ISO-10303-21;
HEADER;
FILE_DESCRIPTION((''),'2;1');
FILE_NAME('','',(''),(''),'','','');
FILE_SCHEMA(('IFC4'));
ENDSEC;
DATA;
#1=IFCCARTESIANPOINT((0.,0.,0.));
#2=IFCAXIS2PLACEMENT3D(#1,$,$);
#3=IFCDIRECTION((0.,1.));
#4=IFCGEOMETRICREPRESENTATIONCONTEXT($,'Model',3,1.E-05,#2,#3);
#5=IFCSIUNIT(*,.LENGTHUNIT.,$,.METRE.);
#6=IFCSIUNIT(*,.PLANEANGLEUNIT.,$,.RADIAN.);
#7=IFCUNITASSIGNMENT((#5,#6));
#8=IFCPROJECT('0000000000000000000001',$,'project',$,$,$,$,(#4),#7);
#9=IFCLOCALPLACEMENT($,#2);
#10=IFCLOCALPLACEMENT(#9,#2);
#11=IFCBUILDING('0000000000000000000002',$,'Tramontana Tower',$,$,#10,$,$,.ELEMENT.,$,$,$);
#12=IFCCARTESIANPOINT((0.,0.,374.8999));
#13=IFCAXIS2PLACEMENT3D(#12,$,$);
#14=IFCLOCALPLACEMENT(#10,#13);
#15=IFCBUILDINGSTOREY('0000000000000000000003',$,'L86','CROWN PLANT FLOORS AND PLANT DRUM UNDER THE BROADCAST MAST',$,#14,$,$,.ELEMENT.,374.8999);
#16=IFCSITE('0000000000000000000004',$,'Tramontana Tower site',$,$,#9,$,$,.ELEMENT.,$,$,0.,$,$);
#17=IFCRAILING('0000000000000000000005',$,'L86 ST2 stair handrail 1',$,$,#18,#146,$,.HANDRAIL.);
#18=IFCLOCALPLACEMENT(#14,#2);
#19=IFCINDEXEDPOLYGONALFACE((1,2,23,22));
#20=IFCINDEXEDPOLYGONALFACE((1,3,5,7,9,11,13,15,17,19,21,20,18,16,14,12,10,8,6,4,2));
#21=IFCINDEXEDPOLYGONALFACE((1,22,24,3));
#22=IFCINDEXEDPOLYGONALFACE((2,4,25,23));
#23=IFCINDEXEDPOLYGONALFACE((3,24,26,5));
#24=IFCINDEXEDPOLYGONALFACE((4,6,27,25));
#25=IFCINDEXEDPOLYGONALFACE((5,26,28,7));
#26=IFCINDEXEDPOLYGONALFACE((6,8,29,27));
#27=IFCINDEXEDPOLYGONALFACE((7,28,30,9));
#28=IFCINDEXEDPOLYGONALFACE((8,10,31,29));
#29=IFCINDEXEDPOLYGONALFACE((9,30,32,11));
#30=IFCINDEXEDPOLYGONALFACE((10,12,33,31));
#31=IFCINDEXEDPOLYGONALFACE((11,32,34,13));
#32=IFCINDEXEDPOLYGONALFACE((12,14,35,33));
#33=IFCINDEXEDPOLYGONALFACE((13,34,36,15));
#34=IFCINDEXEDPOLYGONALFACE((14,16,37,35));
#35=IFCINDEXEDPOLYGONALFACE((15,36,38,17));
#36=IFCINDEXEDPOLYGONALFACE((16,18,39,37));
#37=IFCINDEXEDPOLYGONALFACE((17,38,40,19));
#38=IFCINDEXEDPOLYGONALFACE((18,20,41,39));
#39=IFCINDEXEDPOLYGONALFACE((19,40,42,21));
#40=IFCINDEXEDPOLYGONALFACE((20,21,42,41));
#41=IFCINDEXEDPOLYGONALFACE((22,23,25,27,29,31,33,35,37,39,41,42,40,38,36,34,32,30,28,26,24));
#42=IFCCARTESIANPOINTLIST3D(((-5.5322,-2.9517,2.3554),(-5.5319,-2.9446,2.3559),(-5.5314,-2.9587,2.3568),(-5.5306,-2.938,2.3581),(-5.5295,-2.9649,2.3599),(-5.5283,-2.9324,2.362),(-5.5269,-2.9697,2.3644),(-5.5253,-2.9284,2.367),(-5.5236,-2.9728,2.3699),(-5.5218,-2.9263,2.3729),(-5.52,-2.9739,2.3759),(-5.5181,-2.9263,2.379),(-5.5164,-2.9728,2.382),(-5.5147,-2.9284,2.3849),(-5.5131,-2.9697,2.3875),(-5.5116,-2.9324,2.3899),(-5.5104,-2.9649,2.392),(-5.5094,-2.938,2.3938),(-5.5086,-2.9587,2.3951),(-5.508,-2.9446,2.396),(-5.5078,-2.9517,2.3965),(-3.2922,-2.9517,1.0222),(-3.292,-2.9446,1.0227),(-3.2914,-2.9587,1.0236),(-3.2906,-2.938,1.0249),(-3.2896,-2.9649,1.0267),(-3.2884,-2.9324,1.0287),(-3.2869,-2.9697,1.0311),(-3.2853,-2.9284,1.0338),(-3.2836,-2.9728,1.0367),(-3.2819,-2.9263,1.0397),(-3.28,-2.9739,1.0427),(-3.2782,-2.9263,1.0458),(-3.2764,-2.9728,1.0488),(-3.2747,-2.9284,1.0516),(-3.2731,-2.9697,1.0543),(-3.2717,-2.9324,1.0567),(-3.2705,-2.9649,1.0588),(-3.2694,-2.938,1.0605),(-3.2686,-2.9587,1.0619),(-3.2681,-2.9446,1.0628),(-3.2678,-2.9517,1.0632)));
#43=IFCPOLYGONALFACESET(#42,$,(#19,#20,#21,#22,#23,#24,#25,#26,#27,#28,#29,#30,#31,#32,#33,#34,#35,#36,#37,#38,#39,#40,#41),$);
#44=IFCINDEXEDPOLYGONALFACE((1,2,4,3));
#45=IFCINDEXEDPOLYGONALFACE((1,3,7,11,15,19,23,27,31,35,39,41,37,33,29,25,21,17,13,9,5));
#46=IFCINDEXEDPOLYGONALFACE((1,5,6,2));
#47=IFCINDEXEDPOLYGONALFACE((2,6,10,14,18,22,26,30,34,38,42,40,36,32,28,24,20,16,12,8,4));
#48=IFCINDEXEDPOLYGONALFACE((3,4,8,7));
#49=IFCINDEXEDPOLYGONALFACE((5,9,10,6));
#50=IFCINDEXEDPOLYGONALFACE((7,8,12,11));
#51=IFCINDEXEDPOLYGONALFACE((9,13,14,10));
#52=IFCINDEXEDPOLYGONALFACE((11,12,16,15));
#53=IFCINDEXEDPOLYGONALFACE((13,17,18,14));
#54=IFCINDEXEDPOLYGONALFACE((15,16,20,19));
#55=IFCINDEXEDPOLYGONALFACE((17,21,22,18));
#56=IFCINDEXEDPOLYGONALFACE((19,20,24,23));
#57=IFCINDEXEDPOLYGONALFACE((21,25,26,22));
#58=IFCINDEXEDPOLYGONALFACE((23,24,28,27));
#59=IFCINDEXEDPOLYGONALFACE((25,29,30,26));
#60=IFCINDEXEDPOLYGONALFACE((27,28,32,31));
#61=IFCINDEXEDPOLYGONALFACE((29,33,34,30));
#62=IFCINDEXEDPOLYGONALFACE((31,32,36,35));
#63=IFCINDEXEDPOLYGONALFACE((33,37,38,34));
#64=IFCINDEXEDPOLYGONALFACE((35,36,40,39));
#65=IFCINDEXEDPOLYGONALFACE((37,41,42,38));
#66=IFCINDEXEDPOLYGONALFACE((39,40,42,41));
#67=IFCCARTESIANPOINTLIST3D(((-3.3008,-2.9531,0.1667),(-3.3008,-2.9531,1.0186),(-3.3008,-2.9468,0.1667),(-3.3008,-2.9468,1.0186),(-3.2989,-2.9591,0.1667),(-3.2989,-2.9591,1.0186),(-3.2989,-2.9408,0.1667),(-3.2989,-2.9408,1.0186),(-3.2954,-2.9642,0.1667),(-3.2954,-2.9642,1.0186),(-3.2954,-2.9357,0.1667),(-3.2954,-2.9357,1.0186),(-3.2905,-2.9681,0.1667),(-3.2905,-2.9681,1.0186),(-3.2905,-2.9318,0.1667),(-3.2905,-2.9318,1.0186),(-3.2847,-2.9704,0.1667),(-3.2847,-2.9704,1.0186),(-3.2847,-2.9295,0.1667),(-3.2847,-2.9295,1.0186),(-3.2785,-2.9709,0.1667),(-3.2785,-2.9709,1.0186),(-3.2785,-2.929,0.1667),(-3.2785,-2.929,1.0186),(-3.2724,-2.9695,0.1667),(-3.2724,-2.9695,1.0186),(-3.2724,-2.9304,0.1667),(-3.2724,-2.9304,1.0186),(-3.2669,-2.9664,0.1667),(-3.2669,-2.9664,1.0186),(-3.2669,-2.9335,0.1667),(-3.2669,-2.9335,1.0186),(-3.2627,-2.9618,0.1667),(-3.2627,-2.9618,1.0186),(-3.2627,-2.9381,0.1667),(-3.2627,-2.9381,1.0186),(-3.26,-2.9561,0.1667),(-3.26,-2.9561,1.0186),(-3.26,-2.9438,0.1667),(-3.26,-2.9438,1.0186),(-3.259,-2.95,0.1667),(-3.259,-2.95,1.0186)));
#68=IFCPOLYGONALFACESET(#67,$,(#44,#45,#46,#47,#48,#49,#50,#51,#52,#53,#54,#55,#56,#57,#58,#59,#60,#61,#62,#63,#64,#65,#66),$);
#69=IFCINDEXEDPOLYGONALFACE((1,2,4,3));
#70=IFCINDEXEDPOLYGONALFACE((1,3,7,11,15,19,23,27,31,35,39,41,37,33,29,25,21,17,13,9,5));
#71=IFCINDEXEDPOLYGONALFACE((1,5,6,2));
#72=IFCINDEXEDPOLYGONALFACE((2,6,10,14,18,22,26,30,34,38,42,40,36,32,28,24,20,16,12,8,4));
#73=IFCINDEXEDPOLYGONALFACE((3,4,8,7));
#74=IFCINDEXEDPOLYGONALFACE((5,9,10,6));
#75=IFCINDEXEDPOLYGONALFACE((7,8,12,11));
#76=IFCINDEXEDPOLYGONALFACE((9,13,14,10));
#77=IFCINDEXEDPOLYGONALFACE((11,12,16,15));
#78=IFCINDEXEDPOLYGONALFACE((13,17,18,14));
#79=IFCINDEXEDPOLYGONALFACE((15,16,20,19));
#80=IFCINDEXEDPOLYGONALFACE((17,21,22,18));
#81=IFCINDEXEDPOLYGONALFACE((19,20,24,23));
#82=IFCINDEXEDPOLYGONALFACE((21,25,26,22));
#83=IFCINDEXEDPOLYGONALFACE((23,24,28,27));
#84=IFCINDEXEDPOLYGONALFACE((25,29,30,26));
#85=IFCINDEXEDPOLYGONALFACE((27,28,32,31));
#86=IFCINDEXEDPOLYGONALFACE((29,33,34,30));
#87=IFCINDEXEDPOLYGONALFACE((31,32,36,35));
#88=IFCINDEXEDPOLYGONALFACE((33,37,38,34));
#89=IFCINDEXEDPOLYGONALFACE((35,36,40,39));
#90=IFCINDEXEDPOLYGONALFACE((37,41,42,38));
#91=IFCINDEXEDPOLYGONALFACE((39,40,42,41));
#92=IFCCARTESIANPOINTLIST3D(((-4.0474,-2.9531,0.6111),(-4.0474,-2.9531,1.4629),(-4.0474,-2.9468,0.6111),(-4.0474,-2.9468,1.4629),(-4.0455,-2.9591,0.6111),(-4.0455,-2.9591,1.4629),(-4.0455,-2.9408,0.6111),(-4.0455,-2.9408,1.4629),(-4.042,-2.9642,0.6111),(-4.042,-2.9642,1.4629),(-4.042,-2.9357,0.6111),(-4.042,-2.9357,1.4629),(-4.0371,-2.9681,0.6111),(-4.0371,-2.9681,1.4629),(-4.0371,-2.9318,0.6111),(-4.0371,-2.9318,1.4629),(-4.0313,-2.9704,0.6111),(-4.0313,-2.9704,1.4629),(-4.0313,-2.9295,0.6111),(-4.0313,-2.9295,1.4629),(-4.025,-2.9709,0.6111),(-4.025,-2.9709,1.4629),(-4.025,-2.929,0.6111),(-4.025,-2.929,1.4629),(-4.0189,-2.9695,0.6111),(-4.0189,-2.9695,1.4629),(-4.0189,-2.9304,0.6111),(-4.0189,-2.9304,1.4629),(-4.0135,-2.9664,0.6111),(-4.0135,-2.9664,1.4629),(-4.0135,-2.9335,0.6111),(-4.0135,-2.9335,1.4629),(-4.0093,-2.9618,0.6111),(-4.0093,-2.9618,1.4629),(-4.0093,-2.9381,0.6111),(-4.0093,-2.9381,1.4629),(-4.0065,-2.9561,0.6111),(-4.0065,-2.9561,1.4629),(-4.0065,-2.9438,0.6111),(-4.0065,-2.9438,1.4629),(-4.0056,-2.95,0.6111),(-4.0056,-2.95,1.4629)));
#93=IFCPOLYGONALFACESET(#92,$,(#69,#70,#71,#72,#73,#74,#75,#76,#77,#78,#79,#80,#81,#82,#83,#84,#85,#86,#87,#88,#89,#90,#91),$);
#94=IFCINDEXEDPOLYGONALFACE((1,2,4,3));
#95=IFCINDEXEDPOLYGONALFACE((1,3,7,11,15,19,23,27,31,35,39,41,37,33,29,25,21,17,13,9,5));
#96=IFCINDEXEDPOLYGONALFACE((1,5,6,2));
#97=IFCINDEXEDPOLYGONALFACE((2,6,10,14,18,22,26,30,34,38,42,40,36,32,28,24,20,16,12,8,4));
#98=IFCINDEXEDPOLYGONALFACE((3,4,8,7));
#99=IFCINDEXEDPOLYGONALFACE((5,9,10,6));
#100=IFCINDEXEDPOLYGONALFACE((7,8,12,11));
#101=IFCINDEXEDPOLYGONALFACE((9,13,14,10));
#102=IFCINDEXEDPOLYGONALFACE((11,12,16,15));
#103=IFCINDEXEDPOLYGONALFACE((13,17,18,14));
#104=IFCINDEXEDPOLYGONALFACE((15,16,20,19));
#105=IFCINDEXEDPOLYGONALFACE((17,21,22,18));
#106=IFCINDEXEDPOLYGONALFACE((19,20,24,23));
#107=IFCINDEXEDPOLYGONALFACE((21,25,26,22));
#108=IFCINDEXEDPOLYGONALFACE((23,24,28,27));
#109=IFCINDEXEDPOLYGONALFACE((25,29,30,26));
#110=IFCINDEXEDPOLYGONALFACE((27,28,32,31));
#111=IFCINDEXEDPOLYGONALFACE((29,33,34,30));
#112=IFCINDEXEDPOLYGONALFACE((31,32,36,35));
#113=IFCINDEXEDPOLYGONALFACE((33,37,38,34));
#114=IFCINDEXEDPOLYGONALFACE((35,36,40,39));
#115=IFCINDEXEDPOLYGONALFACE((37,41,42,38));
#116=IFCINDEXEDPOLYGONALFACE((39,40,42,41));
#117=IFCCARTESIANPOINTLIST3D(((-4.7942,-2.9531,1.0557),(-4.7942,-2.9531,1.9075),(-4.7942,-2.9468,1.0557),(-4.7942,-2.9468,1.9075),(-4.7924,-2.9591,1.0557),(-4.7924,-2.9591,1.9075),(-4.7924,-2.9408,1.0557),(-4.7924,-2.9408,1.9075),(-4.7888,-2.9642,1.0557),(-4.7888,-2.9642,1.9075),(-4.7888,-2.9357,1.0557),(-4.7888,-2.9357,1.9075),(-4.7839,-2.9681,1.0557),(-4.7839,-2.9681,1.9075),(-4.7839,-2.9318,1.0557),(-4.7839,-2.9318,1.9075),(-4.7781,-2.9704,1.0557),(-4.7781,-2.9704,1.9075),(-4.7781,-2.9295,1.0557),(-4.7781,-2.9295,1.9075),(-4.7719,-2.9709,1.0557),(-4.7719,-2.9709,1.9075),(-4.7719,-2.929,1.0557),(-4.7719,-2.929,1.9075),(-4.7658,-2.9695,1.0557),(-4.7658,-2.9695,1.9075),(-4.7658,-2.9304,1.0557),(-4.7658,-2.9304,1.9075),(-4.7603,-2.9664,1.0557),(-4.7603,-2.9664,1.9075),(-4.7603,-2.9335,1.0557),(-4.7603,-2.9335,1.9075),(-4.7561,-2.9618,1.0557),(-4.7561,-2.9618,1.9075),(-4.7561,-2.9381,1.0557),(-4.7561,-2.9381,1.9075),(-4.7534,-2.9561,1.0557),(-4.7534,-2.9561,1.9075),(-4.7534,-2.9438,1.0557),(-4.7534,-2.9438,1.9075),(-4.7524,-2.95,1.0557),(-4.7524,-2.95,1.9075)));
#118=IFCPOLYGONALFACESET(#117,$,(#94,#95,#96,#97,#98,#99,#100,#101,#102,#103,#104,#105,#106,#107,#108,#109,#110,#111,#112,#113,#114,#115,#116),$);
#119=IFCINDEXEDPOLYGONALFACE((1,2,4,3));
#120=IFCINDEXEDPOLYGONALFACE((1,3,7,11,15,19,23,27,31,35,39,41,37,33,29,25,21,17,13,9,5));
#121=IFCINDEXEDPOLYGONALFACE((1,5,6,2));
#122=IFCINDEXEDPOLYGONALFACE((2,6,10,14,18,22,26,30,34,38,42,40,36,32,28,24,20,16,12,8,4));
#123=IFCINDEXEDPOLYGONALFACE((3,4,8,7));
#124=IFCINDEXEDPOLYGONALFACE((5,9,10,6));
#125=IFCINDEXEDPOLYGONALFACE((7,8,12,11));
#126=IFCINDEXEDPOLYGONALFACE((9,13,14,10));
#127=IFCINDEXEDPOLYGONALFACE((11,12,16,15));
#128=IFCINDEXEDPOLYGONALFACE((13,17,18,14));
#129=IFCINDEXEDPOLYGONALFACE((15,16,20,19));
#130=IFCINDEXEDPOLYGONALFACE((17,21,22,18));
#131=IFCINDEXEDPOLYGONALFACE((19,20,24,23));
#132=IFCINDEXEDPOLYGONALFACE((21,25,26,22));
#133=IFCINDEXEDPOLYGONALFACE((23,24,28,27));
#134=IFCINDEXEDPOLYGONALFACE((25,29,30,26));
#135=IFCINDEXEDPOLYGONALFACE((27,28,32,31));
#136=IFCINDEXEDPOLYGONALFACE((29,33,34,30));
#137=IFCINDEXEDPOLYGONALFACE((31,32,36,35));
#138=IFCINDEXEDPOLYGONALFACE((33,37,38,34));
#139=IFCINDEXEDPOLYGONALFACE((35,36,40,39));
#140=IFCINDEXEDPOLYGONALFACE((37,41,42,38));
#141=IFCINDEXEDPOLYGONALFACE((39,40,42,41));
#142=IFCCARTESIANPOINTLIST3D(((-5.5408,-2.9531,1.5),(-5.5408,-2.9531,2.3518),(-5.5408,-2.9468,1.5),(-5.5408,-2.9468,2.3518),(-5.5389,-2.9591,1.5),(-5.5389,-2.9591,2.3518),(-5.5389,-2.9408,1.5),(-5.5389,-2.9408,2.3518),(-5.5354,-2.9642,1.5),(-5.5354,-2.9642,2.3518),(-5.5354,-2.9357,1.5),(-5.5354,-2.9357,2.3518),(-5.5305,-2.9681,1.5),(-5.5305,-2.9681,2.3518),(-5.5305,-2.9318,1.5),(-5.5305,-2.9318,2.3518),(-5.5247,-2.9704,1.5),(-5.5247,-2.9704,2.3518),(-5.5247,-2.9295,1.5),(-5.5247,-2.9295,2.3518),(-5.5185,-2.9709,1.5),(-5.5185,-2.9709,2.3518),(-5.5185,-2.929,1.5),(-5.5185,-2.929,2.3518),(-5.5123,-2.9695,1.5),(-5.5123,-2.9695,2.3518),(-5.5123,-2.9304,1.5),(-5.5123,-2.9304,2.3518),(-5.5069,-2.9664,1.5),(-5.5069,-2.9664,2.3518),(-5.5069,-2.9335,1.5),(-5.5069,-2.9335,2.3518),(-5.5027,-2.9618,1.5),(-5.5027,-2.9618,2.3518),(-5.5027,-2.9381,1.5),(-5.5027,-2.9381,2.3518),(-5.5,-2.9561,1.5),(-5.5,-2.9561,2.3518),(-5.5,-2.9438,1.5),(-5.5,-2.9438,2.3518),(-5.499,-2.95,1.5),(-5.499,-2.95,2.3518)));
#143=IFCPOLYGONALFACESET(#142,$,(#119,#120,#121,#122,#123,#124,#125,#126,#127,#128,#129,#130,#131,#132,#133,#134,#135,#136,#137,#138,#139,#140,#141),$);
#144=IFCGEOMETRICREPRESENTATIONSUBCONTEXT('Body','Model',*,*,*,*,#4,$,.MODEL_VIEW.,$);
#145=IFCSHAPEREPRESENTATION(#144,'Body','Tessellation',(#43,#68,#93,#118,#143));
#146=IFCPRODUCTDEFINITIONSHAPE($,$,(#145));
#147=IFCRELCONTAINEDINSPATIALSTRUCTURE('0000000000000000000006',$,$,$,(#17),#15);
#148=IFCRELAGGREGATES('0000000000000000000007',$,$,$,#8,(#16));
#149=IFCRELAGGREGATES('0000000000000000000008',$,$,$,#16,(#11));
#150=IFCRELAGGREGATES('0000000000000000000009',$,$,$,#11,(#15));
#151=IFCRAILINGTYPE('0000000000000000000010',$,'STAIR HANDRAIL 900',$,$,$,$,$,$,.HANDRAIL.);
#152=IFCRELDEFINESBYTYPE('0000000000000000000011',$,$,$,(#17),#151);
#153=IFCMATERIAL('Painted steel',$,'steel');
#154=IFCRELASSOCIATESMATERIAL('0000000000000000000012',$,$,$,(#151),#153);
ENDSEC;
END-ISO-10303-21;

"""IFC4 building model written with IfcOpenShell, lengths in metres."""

from ifc_helpers import new_model, si_unit, direction, frame, origin, origin_2d, place, context, subcontext, project, spatial, circle, extrude, material, type_object, element, save


model = new_model("IFC4")

# Units and contexts
model_context = context("Model", 3, precision=1e-05, world=origin(), true_north=direction((0.0, 1.0)))
body_context = subcontext(model_context, "Body", "Model", "MODEL_VIEW")
ifc_project = project(units=[si_unit("LENGTHUNIT", "METRE"), si_unit("PLANEANGLEUNIT", "RADIAN")], contexts=[model_context])

# Site, building, storey
site_placement = place(None, origin())
site = spatial("IfcSite", under=ifc_project, at=site_placement, Name="Tramontana Tower site", CompositionType="ELEMENT", RefElevation=0.0)
building_placement = place(site_placement, origin())
building = spatial("IfcBuilding", under=site, at=building_placement, Name="Tramontana Tower", CompositionType="ELEMENT")
storey_placement = place(building_placement, frame((0.0, 0.0, 374.8999)))
storey = spatial("IfcBuildingStorey", under=building, at=storey_placement, Name="L86", Description="CROWN PLANT FLOORS AND PLANT DRUM UNDER THE BROADCAST MAST", CompositionType="ELEMENT", Elevation=374.8999)

# Railing
ifc_material_1 = material(Name="Painted steel", Category="steel")
railing_type_1 = type_object("IfcRailingType", Name="STAIR HANDRAIL 900", PredefinedType="HANDRAIL", material=ifc_material_1)
for number, where, name in (
    (1, (-3.28, -2.95, 0.1667), "L86 ST2 stair handrail 1"),
):
    element("IfcRailing", number, at=place(storey_placement, frame(where)), inside=storey, type_object=railing_type_1, Name=name, PredefinedType="HANDRAIL", context=body_context, shape_type="SweptSolid", body=[
        extrude(circle(Radius=0.0239, at=origin_2d()), frame((0.0, 0.0, 0.876), z_axis=(-0.859306, 0.0, 0.511462), x_axis=(0.0, -1.0, 0.0)), (0.0, 0.0, 1.0), 2.6067),
        extrude(circle(Radius=0.021, at=origin_2d()), origin(), (0.0, 0.0, 1.0), 0.8518),
        extrude(circle(Radius=0.021, at=origin_2d()), frame((-0.7466, 0.0, 0.4443)), (0.0, 0.0, 1.0), 0.8518),
        extrude(circle(Radius=0.021, at=origin_2d()), frame((-1.4934, 0.0, 0.8889)), (0.0, 0.0, 1.0), 0.8518),
        extrude(circle(Radius=0.021, at=origin_2d()), frame((-2.24, 0.0, 1.3333)), (0.0, 0.0, 1.0), 0.8518),
    ])

save(model, "model.ifc")
